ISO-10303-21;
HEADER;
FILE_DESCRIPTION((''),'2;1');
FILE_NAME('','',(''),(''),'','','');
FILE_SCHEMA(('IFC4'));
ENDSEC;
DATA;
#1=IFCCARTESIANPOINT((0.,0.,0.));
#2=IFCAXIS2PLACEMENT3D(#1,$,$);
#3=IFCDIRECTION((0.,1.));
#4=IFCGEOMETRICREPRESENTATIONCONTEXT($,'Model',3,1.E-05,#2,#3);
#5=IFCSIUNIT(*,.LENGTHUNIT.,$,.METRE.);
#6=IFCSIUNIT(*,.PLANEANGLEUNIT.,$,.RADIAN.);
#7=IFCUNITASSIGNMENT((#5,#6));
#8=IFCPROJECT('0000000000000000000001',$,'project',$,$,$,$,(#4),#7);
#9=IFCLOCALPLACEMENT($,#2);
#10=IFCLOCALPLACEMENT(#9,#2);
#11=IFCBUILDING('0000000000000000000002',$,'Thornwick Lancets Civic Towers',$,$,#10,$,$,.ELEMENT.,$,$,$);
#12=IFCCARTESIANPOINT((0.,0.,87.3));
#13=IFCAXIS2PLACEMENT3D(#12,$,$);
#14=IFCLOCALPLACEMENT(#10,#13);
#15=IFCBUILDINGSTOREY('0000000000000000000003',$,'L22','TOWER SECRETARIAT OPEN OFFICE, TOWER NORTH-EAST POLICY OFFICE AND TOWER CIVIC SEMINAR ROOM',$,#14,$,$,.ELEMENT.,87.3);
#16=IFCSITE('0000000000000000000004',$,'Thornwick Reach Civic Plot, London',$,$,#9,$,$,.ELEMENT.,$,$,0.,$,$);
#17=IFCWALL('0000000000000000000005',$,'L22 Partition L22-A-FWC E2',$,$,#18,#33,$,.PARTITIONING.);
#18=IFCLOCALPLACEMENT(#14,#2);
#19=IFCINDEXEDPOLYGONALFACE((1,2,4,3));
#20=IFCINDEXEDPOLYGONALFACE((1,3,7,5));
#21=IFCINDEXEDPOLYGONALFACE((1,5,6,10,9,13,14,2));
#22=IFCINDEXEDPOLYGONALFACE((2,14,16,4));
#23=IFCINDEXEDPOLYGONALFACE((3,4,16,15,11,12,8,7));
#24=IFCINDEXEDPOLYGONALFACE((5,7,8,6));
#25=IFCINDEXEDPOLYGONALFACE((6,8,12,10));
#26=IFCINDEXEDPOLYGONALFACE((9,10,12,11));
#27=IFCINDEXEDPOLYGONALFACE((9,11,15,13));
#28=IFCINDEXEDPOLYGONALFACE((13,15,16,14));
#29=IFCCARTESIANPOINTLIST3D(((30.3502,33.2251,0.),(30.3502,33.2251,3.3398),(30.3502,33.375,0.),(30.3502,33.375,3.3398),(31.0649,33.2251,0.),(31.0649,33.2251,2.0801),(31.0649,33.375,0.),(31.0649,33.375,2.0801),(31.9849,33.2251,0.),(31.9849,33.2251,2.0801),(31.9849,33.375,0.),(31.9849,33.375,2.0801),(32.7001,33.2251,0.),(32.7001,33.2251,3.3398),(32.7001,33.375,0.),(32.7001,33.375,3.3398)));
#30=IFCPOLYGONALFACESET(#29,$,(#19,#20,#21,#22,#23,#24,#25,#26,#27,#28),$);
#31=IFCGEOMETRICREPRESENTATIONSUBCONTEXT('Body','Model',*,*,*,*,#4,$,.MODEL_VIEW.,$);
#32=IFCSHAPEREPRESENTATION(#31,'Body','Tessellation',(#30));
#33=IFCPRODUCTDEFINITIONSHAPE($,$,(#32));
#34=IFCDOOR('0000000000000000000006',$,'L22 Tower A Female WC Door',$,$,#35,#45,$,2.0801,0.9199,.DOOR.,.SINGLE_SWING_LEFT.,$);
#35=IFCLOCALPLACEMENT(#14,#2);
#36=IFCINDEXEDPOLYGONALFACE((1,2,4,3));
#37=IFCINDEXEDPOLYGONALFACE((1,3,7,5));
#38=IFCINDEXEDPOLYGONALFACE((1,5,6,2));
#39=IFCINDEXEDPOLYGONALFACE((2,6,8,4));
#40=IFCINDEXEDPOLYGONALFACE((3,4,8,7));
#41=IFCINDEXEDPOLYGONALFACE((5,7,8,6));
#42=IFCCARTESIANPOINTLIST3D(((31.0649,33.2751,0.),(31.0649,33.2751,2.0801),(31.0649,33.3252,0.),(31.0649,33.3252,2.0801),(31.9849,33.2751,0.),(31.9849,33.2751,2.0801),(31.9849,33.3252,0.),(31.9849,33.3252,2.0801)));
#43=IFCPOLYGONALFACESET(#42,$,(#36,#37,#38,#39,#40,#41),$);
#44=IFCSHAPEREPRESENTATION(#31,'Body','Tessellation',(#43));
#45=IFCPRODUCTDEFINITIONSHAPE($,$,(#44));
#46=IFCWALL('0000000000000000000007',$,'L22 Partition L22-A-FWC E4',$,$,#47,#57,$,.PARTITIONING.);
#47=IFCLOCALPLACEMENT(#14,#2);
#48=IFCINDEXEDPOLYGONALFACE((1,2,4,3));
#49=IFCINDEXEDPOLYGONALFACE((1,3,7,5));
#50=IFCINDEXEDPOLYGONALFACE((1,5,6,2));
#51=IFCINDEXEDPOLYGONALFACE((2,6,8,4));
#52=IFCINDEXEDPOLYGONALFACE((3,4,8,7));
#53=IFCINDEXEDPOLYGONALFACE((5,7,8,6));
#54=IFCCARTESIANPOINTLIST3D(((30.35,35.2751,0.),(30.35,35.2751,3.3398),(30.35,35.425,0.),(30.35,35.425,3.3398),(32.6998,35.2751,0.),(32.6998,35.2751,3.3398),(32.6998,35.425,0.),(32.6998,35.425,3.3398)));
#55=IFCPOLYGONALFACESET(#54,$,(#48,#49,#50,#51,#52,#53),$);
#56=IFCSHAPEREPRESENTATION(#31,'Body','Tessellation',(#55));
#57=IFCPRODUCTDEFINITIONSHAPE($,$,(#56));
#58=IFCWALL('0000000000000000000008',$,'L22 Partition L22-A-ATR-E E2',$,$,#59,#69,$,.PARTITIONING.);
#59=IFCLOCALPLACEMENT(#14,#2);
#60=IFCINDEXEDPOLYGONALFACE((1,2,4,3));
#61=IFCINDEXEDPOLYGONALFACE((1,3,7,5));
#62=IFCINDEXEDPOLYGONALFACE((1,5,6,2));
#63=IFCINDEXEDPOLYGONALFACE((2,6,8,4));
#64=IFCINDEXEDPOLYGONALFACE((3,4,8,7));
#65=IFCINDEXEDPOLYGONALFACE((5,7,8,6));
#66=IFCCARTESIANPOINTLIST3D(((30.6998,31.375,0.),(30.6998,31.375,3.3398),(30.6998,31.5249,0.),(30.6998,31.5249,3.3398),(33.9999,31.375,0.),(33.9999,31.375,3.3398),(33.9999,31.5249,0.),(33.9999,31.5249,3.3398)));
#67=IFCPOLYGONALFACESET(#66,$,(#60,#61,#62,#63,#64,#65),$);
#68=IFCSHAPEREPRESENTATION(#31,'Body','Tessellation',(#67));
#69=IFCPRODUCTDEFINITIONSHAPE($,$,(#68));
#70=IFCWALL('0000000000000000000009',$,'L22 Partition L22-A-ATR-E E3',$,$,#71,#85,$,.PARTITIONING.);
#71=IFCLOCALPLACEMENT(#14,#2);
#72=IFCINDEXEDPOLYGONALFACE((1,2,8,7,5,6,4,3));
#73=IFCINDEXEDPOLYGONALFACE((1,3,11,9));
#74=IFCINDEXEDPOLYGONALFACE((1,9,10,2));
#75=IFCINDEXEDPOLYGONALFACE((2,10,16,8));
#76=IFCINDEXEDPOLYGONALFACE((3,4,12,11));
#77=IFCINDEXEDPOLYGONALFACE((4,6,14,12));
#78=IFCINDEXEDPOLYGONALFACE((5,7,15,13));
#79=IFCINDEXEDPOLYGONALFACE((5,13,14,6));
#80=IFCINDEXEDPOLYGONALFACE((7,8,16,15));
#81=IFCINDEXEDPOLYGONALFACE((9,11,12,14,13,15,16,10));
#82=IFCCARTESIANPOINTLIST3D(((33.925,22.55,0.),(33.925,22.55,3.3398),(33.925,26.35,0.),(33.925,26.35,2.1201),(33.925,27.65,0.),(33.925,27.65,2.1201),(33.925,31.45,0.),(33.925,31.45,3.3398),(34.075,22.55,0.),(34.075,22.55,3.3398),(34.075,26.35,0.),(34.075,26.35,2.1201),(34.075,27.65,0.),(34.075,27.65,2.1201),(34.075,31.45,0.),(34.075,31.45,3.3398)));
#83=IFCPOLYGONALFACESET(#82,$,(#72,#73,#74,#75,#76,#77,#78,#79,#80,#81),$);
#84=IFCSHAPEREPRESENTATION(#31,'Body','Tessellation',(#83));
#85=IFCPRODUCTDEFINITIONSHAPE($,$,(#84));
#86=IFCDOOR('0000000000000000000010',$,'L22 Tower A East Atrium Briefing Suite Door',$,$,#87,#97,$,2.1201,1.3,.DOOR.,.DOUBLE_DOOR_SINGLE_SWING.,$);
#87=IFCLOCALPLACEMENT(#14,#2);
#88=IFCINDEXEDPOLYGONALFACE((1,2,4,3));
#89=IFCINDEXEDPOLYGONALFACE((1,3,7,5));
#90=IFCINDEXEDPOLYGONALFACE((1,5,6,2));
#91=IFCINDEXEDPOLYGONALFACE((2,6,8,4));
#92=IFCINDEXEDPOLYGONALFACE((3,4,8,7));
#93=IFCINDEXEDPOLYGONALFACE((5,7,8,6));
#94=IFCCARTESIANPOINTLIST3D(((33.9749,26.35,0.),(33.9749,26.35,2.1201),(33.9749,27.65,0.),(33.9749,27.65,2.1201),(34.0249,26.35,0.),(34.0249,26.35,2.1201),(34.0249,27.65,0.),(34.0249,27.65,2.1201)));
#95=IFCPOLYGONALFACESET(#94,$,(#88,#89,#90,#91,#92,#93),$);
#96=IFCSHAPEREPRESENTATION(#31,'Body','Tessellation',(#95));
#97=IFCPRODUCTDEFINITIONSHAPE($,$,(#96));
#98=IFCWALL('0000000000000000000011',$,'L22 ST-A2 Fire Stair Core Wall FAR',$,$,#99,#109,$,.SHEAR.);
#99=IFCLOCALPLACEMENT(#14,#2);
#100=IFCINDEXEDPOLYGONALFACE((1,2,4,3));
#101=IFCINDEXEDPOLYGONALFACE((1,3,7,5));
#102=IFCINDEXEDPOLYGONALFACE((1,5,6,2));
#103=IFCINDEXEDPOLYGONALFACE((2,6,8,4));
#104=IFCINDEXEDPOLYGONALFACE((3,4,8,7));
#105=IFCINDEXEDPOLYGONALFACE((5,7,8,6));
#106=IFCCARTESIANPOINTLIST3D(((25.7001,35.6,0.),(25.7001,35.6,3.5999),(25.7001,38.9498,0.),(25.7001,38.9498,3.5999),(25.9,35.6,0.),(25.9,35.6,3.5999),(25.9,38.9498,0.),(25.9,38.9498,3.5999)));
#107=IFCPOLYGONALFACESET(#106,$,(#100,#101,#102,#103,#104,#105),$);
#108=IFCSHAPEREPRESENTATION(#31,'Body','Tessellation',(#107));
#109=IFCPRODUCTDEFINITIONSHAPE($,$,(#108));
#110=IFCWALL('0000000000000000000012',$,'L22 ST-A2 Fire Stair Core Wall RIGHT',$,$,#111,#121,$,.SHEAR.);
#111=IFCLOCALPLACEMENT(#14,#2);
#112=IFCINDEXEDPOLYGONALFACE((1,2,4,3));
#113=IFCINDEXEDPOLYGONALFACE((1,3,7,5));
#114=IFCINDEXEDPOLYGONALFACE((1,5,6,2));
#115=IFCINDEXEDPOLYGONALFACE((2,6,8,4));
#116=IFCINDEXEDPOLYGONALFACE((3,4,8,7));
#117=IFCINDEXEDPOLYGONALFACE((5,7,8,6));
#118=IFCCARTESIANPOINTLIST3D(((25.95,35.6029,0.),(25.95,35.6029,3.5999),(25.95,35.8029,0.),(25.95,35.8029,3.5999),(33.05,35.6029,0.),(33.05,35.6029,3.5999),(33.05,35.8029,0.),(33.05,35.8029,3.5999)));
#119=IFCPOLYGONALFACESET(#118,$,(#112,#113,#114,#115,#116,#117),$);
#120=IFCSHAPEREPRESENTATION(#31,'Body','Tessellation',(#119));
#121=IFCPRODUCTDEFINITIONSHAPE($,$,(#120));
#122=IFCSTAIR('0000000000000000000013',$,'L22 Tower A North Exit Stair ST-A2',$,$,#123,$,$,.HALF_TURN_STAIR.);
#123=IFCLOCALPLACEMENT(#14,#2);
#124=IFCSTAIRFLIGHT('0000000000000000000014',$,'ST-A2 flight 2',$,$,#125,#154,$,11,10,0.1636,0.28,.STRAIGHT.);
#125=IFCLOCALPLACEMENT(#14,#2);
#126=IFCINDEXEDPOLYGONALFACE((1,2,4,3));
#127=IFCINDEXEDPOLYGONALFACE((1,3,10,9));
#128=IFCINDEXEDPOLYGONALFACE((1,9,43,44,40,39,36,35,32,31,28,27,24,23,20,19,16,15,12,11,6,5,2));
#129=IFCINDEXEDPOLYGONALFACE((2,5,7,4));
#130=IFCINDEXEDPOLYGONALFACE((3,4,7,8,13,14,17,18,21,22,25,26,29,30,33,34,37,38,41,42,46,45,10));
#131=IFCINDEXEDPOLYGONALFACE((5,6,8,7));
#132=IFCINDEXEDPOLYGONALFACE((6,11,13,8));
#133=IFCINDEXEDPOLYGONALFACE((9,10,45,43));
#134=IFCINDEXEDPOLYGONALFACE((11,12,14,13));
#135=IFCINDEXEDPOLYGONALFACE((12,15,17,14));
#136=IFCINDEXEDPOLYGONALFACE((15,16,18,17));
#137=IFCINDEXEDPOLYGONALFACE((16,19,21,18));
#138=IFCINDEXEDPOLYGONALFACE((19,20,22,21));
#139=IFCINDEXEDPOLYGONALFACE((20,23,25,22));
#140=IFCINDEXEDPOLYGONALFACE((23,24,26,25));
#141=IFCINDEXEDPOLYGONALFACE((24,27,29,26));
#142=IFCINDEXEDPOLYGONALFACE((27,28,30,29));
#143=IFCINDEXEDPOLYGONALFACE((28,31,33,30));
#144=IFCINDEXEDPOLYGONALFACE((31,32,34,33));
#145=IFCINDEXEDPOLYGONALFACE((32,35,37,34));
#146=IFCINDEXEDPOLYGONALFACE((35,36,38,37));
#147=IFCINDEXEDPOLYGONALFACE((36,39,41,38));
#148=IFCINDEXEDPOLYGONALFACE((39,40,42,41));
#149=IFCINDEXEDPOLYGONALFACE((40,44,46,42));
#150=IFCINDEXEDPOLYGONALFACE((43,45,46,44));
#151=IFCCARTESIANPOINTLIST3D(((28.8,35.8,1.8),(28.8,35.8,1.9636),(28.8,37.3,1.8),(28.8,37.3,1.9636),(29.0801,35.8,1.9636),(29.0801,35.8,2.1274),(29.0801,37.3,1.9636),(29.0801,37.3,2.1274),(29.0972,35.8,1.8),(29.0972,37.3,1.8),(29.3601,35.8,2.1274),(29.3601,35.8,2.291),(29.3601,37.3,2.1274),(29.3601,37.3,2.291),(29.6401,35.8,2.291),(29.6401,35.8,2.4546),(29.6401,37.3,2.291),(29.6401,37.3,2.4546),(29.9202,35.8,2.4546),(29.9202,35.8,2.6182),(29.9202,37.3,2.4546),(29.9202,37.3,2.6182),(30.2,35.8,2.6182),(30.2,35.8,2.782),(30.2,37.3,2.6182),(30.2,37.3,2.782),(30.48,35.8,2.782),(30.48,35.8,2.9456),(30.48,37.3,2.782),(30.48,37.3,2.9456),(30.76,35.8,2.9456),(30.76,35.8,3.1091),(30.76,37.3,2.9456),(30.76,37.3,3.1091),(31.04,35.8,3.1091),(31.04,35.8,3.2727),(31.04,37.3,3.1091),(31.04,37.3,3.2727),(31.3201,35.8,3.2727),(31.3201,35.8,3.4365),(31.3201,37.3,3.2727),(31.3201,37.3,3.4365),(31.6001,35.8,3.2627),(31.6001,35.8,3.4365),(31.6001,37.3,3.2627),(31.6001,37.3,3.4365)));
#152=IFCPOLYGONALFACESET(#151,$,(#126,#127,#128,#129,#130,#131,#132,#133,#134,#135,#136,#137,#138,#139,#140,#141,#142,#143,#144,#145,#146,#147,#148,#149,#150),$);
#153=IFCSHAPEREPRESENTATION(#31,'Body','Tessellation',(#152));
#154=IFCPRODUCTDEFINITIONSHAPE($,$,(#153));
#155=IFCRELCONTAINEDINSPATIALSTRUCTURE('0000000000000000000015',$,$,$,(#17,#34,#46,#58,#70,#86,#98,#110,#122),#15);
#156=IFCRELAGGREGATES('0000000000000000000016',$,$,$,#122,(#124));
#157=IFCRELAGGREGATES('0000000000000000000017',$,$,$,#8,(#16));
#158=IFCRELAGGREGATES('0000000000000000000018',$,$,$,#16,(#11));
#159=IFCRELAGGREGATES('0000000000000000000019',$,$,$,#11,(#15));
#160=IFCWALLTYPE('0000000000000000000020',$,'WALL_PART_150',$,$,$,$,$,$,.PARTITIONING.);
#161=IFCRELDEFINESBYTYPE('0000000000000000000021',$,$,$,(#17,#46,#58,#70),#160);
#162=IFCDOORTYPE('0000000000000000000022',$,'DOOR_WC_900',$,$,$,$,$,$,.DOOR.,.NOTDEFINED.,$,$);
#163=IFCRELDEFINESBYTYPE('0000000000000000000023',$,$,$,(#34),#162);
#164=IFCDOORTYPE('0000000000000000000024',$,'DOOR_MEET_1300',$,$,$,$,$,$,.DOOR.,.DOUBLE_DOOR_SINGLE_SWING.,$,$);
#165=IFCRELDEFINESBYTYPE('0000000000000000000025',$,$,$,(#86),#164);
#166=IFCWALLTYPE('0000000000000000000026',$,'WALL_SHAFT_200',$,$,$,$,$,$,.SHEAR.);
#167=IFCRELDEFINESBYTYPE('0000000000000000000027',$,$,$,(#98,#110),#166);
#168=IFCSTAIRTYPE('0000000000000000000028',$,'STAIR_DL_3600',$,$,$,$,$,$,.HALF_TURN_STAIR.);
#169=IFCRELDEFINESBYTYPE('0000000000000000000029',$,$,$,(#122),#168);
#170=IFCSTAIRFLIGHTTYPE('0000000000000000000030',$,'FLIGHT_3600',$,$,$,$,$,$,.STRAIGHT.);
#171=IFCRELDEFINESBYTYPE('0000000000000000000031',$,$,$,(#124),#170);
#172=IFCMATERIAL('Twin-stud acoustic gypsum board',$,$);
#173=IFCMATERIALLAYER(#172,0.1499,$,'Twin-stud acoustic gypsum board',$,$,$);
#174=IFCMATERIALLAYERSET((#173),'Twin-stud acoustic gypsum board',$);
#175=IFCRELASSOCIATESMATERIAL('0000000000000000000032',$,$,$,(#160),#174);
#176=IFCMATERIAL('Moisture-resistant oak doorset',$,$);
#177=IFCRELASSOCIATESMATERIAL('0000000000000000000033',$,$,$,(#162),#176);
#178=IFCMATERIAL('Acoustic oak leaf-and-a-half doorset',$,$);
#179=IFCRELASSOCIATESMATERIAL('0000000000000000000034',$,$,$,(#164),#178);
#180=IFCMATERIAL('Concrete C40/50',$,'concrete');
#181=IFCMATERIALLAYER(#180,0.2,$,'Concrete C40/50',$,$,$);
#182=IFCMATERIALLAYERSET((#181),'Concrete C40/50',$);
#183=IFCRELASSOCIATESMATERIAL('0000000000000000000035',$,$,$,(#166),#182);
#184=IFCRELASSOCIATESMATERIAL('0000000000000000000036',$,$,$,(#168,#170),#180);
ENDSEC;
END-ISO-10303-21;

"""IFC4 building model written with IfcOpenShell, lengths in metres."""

from ifc_helpers import new_model, si_unit, direction, frame, frame_2d, origin, place, context, subcontext, project, spatial, polyline, rectangle, outline, extrude, material, layer, layer_set, type_object, element, fill, aggregate, save


model = new_model("IFC4")

# Units and contexts
model_context = context("Model", 3, precision=1e-05, world=origin(), true_north=direction((0.0, 1.0)))
body_context = subcontext(model_context, "Body", "Model", "MODEL_VIEW")
ifc_project = project(units=[si_unit("LENGTHUNIT", "METRE"), si_unit("PLANEANGLEUNIT", "RADIAN")], contexts=[model_context])

# Site, building, storey
site_placement = place(None, origin())
site = spatial("IfcSite", under=ifc_project, at=site_placement, Name="Thornwick Reach Civic Plot, London", CompositionType="ELEMENT", RefElevation=0.0)
building_placement = place(site_placement, origin())
building = spatial("IfcBuilding", under=site, at=building_placement, Name="Thornwick Lancets Civic Towers", CompositionType="ELEMENT")
storey_placement = place(building_placement, frame((0.0, 0.0, 87.3)))
storey = spatial("IfcBuildingStorey", under=building, at=storey_placement, Name="L22", Description="TOWER SECRETARIAT OPEN OFFICE, TOWER NORTH-EAST POLICY OFFICE AND TOWER CIVIC SEMINAR ROOM", CompositionType="ELEMENT", Elevation=87.3)

# Shared definitions
ifc_material_1 = material(Name="Twin-stud acoustic gypsum board")
ifc_layer_1 = layer(ifc_material_1, 0.1499, Name="Twin-stud acoustic gypsum board")
ifc_layer_set_1 = layer_set([ifc_layer_1], Name="Twin-stud acoustic gypsum board")
wall_type_1 = type_object("IfcWallType", Name="WALL_PART_150", PredefinedType="PARTITIONING", material=ifc_layer_set_1)

# Wall, opening, door
wall_1_placement = place(storey_placement, frame((32.7, 33.3, 0.0), z_axis=(0.0, 0.0, 1.0), x_axis=(-1.0, 0.0, 0.0)))
wall_1 = element("IfcWall", 1, at=wall_1_placement, inside=storey, type_object=wall_type_1, Name="L22 Partition L22-A-FWC E2", PredefinedType="PARTITIONING", context=body_context, shape_type="SweptSolid", body=[
    extrude(rectangle(XDim=2.3499, YDim=0.1499, at=frame_2d((1.1748, 0.0))), origin(), (0.0, 0.0, 1.0), 3.3398),
])
opening_1_placement = place(wall_1_placement, frame((0.7151, 0.0, 0.0)))
opening_1 = element("IfcOpeningElement", 2, at=opening_1_placement, cuts=wall_1, PredefinedType="OPENING", context=body_context, shape_type="SweptSolid", body=[
    extrude(rectangle(XDim=0.9199, YDim=2.0801, at=frame_2d((0.46, 1.04))), frame((0.0, 0.085, 0.0), z_axis=(0.0, -1.0, 0.0), x_axis=(1.0, 0.0, 0.0)), (0.0, 0.0, 1.0), 0.1699),
])
ifc_material_2 = material(Name="Moisture-resistant oak doorset")
door_type_1 = type_object("IfcDoorType", Name="DOOR_WC_900", OperationType="NOTDEFINED", PredefinedType="DOOR", material=ifc_material_2)
door_1_placement = place(opening_1_placement, origin())
door_1 = element("IfcDoor", 3, at=door_1_placement, inside=storey, type_object=door_type_1, Name="L22 Tower A Female WC Door", OperationType="SINGLE_SWING_LEFT", OverallHeight=2.0801, OverallWidth=0.9199, PredefinedType="DOOR", context=body_context, shape_type="SweptSolid", body=[
    extrude(rectangle(XDim=0.9199, YDim=2.0801, at=frame_2d((0.46, 1.04))), frame((0.0, 0.0249, 0.0), z_axis=(0.0, -1.0, 0.0), x_axis=(1.0, 0.0, 0.0)), (0.0, 0.0, 1.0), 0.05),
])
fill(opening_1, door_1)

# Walls
wall_2_placement = place(storey_placement, frame((30.3501, 35.3501, 0.0), z_axis=(0.0, 0.0, 1.0), x_axis=(1.0, 0.0, 0.0)))
element("IfcWall", 4, at=wall_2_placement, inside=storey, type_object=wall_type_1, Name="L22 Partition L22-A-FWC E4", PredefinedType="PARTITIONING", context=body_context, shape_type="SweptSolid", body=[
    extrude(rectangle(XDim=2.3499, YDim=0.1499, at=frame_2d((1.1748, 0.0))), origin(), (0.0, 0.0, 1.0), 3.3398),
])
wall_3_placement = place(storey_placement, frame((30.7, 31.45, 0.0), z_axis=(0.0, 0.0, 1.0), x_axis=(1.0, 0.0, 0.0)))
element("IfcWall", 5, at=wall_3_placement, inside=storey, type_object=wall_type_1, Name="L22 Partition L22-A-ATR-E E2", PredefinedType="PARTITIONING", context=body_context, shape_type="SweptSolid", body=[
    extrude(rectangle(XDim=3.3, YDim=0.1499, at=frame_2d((1.6499, 0.0))), origin(), (0.0, 0.0, 1.0), 3.3398),
])

# Wall, opening, door
wall_4_placement = place(storey_placement, frame((34.0, 31.45, 0.0), z_axis=(0.0, 0.0, 1.0), x_axis=(0.0, -1.0, 0.0)))
wall_4 = element("IfcWall", 6, at=wall_4_placement, inside=storey, type_object=wall_type_1, Name="L22 Partition L22-A-ATR-E E3", PredefinedType="PARTITIONING", context=body_context, shape_type="SweptSolid", body=[
    extrude(rectangle(XDim=8.8999, YDim=0.1499, at=frame_2d((4.45, 0.0))), origin(), (0.0, 0.0, 1.0), 3.3398),
])
opening_2_placement = place(wall_4_placement, frame((3.8, 0.0, 0.0)))
opening_2 = element("IfcOpeningElement", 7, at=opening_2_placement, cuts=wall_4, PredefinedType="OPENING", context=body_context, shape_type="SweptSolid", body=[
    extrude(rectangle(XDim=1.3, YDim=2.1201, at=frame_2d((0.6499, 1.0601))), frame((0.0, 0.085, 0.0), z_axis=(0.0, -1.0, 0.0), x_axis=(1.0, 0.0, 0.0)), (0.0, 0.0, 1.0), 0.1699),
])
ifc_material_3 = material(Name="Acoustic oak leaf-and-a-half doorset")
door_type_2 = type_object("IfcDoorType", Name="DOOR_MEET_1300", OperationType="DOUBLE_DOOR_SINGLE_SWING", PredefinedType="DOOR", material=ifc_material_3)
door_2_placement = place(opening_2_placement, origin())
door_2 = element("IfcDoor", 8, at=door_2_placement, inside=storey, type_object=door_type_2, Name="L22 Tower A East Atrium Briefing Suite Door", OperationType="DOUBLE_DOOR_SINGLE_SWING", OverallHeight=2.1201, OverallWidth=1.3, PredefinedType="DOOR", context=body_context, shape_type="SweptSolid", body=[
    extrude(rectangle(XDim=1.3, YDim=2.1201, at=frame_2d((0.6499, 1.0601))), frame((0.0, 0.0249, 0.0), z_axis=(0.0, -1.0, 0.0), x_axis=(1.0, 0.0, 0.0)), (0.0, 0.0, 1.0), 0.05),
])
fill(opening_2, door_2)

# Walls
ifc_material_4 = material(Name="Concrete C40/50", Category="concrete")
ifc_layer_2 = layer(ifc_material_4, 0.2, Name="Concrete C40/50")
ifc_layer_set_2 = layer_set([ifc_layer_2], Name="Concrete C40/50")
wall_type_2 = type_object("IfcWallType", Name="WALL_SHAFT_200", PredefinedType="SHEAR", material=ifc_layer_set_2)
wall_5_placement = place(storey_placement, frame((25.8, 35.6001, 0.0), z_axis=(0.0, 0.0, 1.0), x_axis=(0.0, 1.0, 0.0)))
element("IfcWall", 9, at=wall_5_placement, inside=storey, type_object=wall_type_2, Name="L22 ST-A2 Fire Stair Core Wall FAR", PredefinedType="SHEAR", context=body_context, shape_type="SweptSolid", body=[
    extrude(rectangle(XDim=3.3499, YDim=0.2, at=frame_2d((1.6748, 0.0))), origin(), (0.0, 0.0, 1.0), 3.5999),
])
wall_6_placement = place(storey_placement, frame((25.95, 35.7029, 0.0), z_axis=(0.0, 0.0, 1.0), x_axis=(1.0, 0.0, 0.0)))
element("IfcWall", 10, at=wall_6_placement, inside=storey, type_object=wall_type_2, Name="L22 ST-A2 Fire Stair Core Wall RIGHT", PredefinedType="SHEAR", context=body_context, shape_type="SweptSolid", body=[
    extrude(rectangle(XDim=7.1001, YDim=0.2, at=frame_2d((3.55, 0.0))), origin(), (0.0, 0.0, 1.0), 3.5999),
])

# Stair, stair flight
stair_type = type_object("IfcStairType", Name="STAIR_DL_3600", PredefinedType="HALF_TURN_STAIR", material=ifc_material_4)
stair_placement = place(storey_placement, origin())
stair = element("IfcStair", 11, at=stair_placement, inside=storey, type_object=stair_type, Name="L22 Tower A North Exit Stair ST-A2", PredefinedType="HALF_TURN_STAIR")
stair_flight_type = type_object("IfcStairFlightType", Name="FLIGHT_3600", PredefinedType="STRAIGHT", material=ifc_material_4)
stair_flight_placement = place(storey_placement, frame((28.8, 36.55, 1.8), z_axis=(0.0, 0.0, 1.0), x_axis=(1.0, 0.0, 0.0)))
stair_flight = element("IfcStairFlight", 12, at=stair_flight_placement, type_object=stair_flight_type, Name="ST-A2 flight 2", NumberOfRisers=11, NumberOfTreads=10, PredefinedType="STRAIGHT", RiserHeight=0.1636, TreadLength=0.28, context=body_context, shape_type="SweptSolid", body=[
    extrude(outline(polyline([(0.0, 0.0), (0.0, 0.1636), (0.28, 0.1636), (0.28, 0.3274), (0.5601, 0.3274), (0.5601, 0.491), (0.8401, 0.491), (0.8401, 0.6545), (1.1201, 0.6545), (1.1201, 0.8181), (1.3999, 0.8181), (1.3999, 0.9819), (1.6799, 0.9819), (1.6799, 1.1455), (1.96, 1.1455), (1.96, 1.3091), (2.24, 1.3091), (2.24, 1.4727), (2.52, 1.4727), (2.52, 1.6365), (2.8, 1.6365), (2.8, 1.8), (2.8, 1.4626), (0.2971, 0.0), (0.0, 0.0)])), frame((0.0, 0.75, 0.0), z_axis=(0.0, -1.0, 0.0), x_axis=(1.0, 0.0, 0.0)), (0.0, 0.0, 1.0), 1.5),
])
aggregate(stair, [stair_flight])

save(model, "model.ifc")
